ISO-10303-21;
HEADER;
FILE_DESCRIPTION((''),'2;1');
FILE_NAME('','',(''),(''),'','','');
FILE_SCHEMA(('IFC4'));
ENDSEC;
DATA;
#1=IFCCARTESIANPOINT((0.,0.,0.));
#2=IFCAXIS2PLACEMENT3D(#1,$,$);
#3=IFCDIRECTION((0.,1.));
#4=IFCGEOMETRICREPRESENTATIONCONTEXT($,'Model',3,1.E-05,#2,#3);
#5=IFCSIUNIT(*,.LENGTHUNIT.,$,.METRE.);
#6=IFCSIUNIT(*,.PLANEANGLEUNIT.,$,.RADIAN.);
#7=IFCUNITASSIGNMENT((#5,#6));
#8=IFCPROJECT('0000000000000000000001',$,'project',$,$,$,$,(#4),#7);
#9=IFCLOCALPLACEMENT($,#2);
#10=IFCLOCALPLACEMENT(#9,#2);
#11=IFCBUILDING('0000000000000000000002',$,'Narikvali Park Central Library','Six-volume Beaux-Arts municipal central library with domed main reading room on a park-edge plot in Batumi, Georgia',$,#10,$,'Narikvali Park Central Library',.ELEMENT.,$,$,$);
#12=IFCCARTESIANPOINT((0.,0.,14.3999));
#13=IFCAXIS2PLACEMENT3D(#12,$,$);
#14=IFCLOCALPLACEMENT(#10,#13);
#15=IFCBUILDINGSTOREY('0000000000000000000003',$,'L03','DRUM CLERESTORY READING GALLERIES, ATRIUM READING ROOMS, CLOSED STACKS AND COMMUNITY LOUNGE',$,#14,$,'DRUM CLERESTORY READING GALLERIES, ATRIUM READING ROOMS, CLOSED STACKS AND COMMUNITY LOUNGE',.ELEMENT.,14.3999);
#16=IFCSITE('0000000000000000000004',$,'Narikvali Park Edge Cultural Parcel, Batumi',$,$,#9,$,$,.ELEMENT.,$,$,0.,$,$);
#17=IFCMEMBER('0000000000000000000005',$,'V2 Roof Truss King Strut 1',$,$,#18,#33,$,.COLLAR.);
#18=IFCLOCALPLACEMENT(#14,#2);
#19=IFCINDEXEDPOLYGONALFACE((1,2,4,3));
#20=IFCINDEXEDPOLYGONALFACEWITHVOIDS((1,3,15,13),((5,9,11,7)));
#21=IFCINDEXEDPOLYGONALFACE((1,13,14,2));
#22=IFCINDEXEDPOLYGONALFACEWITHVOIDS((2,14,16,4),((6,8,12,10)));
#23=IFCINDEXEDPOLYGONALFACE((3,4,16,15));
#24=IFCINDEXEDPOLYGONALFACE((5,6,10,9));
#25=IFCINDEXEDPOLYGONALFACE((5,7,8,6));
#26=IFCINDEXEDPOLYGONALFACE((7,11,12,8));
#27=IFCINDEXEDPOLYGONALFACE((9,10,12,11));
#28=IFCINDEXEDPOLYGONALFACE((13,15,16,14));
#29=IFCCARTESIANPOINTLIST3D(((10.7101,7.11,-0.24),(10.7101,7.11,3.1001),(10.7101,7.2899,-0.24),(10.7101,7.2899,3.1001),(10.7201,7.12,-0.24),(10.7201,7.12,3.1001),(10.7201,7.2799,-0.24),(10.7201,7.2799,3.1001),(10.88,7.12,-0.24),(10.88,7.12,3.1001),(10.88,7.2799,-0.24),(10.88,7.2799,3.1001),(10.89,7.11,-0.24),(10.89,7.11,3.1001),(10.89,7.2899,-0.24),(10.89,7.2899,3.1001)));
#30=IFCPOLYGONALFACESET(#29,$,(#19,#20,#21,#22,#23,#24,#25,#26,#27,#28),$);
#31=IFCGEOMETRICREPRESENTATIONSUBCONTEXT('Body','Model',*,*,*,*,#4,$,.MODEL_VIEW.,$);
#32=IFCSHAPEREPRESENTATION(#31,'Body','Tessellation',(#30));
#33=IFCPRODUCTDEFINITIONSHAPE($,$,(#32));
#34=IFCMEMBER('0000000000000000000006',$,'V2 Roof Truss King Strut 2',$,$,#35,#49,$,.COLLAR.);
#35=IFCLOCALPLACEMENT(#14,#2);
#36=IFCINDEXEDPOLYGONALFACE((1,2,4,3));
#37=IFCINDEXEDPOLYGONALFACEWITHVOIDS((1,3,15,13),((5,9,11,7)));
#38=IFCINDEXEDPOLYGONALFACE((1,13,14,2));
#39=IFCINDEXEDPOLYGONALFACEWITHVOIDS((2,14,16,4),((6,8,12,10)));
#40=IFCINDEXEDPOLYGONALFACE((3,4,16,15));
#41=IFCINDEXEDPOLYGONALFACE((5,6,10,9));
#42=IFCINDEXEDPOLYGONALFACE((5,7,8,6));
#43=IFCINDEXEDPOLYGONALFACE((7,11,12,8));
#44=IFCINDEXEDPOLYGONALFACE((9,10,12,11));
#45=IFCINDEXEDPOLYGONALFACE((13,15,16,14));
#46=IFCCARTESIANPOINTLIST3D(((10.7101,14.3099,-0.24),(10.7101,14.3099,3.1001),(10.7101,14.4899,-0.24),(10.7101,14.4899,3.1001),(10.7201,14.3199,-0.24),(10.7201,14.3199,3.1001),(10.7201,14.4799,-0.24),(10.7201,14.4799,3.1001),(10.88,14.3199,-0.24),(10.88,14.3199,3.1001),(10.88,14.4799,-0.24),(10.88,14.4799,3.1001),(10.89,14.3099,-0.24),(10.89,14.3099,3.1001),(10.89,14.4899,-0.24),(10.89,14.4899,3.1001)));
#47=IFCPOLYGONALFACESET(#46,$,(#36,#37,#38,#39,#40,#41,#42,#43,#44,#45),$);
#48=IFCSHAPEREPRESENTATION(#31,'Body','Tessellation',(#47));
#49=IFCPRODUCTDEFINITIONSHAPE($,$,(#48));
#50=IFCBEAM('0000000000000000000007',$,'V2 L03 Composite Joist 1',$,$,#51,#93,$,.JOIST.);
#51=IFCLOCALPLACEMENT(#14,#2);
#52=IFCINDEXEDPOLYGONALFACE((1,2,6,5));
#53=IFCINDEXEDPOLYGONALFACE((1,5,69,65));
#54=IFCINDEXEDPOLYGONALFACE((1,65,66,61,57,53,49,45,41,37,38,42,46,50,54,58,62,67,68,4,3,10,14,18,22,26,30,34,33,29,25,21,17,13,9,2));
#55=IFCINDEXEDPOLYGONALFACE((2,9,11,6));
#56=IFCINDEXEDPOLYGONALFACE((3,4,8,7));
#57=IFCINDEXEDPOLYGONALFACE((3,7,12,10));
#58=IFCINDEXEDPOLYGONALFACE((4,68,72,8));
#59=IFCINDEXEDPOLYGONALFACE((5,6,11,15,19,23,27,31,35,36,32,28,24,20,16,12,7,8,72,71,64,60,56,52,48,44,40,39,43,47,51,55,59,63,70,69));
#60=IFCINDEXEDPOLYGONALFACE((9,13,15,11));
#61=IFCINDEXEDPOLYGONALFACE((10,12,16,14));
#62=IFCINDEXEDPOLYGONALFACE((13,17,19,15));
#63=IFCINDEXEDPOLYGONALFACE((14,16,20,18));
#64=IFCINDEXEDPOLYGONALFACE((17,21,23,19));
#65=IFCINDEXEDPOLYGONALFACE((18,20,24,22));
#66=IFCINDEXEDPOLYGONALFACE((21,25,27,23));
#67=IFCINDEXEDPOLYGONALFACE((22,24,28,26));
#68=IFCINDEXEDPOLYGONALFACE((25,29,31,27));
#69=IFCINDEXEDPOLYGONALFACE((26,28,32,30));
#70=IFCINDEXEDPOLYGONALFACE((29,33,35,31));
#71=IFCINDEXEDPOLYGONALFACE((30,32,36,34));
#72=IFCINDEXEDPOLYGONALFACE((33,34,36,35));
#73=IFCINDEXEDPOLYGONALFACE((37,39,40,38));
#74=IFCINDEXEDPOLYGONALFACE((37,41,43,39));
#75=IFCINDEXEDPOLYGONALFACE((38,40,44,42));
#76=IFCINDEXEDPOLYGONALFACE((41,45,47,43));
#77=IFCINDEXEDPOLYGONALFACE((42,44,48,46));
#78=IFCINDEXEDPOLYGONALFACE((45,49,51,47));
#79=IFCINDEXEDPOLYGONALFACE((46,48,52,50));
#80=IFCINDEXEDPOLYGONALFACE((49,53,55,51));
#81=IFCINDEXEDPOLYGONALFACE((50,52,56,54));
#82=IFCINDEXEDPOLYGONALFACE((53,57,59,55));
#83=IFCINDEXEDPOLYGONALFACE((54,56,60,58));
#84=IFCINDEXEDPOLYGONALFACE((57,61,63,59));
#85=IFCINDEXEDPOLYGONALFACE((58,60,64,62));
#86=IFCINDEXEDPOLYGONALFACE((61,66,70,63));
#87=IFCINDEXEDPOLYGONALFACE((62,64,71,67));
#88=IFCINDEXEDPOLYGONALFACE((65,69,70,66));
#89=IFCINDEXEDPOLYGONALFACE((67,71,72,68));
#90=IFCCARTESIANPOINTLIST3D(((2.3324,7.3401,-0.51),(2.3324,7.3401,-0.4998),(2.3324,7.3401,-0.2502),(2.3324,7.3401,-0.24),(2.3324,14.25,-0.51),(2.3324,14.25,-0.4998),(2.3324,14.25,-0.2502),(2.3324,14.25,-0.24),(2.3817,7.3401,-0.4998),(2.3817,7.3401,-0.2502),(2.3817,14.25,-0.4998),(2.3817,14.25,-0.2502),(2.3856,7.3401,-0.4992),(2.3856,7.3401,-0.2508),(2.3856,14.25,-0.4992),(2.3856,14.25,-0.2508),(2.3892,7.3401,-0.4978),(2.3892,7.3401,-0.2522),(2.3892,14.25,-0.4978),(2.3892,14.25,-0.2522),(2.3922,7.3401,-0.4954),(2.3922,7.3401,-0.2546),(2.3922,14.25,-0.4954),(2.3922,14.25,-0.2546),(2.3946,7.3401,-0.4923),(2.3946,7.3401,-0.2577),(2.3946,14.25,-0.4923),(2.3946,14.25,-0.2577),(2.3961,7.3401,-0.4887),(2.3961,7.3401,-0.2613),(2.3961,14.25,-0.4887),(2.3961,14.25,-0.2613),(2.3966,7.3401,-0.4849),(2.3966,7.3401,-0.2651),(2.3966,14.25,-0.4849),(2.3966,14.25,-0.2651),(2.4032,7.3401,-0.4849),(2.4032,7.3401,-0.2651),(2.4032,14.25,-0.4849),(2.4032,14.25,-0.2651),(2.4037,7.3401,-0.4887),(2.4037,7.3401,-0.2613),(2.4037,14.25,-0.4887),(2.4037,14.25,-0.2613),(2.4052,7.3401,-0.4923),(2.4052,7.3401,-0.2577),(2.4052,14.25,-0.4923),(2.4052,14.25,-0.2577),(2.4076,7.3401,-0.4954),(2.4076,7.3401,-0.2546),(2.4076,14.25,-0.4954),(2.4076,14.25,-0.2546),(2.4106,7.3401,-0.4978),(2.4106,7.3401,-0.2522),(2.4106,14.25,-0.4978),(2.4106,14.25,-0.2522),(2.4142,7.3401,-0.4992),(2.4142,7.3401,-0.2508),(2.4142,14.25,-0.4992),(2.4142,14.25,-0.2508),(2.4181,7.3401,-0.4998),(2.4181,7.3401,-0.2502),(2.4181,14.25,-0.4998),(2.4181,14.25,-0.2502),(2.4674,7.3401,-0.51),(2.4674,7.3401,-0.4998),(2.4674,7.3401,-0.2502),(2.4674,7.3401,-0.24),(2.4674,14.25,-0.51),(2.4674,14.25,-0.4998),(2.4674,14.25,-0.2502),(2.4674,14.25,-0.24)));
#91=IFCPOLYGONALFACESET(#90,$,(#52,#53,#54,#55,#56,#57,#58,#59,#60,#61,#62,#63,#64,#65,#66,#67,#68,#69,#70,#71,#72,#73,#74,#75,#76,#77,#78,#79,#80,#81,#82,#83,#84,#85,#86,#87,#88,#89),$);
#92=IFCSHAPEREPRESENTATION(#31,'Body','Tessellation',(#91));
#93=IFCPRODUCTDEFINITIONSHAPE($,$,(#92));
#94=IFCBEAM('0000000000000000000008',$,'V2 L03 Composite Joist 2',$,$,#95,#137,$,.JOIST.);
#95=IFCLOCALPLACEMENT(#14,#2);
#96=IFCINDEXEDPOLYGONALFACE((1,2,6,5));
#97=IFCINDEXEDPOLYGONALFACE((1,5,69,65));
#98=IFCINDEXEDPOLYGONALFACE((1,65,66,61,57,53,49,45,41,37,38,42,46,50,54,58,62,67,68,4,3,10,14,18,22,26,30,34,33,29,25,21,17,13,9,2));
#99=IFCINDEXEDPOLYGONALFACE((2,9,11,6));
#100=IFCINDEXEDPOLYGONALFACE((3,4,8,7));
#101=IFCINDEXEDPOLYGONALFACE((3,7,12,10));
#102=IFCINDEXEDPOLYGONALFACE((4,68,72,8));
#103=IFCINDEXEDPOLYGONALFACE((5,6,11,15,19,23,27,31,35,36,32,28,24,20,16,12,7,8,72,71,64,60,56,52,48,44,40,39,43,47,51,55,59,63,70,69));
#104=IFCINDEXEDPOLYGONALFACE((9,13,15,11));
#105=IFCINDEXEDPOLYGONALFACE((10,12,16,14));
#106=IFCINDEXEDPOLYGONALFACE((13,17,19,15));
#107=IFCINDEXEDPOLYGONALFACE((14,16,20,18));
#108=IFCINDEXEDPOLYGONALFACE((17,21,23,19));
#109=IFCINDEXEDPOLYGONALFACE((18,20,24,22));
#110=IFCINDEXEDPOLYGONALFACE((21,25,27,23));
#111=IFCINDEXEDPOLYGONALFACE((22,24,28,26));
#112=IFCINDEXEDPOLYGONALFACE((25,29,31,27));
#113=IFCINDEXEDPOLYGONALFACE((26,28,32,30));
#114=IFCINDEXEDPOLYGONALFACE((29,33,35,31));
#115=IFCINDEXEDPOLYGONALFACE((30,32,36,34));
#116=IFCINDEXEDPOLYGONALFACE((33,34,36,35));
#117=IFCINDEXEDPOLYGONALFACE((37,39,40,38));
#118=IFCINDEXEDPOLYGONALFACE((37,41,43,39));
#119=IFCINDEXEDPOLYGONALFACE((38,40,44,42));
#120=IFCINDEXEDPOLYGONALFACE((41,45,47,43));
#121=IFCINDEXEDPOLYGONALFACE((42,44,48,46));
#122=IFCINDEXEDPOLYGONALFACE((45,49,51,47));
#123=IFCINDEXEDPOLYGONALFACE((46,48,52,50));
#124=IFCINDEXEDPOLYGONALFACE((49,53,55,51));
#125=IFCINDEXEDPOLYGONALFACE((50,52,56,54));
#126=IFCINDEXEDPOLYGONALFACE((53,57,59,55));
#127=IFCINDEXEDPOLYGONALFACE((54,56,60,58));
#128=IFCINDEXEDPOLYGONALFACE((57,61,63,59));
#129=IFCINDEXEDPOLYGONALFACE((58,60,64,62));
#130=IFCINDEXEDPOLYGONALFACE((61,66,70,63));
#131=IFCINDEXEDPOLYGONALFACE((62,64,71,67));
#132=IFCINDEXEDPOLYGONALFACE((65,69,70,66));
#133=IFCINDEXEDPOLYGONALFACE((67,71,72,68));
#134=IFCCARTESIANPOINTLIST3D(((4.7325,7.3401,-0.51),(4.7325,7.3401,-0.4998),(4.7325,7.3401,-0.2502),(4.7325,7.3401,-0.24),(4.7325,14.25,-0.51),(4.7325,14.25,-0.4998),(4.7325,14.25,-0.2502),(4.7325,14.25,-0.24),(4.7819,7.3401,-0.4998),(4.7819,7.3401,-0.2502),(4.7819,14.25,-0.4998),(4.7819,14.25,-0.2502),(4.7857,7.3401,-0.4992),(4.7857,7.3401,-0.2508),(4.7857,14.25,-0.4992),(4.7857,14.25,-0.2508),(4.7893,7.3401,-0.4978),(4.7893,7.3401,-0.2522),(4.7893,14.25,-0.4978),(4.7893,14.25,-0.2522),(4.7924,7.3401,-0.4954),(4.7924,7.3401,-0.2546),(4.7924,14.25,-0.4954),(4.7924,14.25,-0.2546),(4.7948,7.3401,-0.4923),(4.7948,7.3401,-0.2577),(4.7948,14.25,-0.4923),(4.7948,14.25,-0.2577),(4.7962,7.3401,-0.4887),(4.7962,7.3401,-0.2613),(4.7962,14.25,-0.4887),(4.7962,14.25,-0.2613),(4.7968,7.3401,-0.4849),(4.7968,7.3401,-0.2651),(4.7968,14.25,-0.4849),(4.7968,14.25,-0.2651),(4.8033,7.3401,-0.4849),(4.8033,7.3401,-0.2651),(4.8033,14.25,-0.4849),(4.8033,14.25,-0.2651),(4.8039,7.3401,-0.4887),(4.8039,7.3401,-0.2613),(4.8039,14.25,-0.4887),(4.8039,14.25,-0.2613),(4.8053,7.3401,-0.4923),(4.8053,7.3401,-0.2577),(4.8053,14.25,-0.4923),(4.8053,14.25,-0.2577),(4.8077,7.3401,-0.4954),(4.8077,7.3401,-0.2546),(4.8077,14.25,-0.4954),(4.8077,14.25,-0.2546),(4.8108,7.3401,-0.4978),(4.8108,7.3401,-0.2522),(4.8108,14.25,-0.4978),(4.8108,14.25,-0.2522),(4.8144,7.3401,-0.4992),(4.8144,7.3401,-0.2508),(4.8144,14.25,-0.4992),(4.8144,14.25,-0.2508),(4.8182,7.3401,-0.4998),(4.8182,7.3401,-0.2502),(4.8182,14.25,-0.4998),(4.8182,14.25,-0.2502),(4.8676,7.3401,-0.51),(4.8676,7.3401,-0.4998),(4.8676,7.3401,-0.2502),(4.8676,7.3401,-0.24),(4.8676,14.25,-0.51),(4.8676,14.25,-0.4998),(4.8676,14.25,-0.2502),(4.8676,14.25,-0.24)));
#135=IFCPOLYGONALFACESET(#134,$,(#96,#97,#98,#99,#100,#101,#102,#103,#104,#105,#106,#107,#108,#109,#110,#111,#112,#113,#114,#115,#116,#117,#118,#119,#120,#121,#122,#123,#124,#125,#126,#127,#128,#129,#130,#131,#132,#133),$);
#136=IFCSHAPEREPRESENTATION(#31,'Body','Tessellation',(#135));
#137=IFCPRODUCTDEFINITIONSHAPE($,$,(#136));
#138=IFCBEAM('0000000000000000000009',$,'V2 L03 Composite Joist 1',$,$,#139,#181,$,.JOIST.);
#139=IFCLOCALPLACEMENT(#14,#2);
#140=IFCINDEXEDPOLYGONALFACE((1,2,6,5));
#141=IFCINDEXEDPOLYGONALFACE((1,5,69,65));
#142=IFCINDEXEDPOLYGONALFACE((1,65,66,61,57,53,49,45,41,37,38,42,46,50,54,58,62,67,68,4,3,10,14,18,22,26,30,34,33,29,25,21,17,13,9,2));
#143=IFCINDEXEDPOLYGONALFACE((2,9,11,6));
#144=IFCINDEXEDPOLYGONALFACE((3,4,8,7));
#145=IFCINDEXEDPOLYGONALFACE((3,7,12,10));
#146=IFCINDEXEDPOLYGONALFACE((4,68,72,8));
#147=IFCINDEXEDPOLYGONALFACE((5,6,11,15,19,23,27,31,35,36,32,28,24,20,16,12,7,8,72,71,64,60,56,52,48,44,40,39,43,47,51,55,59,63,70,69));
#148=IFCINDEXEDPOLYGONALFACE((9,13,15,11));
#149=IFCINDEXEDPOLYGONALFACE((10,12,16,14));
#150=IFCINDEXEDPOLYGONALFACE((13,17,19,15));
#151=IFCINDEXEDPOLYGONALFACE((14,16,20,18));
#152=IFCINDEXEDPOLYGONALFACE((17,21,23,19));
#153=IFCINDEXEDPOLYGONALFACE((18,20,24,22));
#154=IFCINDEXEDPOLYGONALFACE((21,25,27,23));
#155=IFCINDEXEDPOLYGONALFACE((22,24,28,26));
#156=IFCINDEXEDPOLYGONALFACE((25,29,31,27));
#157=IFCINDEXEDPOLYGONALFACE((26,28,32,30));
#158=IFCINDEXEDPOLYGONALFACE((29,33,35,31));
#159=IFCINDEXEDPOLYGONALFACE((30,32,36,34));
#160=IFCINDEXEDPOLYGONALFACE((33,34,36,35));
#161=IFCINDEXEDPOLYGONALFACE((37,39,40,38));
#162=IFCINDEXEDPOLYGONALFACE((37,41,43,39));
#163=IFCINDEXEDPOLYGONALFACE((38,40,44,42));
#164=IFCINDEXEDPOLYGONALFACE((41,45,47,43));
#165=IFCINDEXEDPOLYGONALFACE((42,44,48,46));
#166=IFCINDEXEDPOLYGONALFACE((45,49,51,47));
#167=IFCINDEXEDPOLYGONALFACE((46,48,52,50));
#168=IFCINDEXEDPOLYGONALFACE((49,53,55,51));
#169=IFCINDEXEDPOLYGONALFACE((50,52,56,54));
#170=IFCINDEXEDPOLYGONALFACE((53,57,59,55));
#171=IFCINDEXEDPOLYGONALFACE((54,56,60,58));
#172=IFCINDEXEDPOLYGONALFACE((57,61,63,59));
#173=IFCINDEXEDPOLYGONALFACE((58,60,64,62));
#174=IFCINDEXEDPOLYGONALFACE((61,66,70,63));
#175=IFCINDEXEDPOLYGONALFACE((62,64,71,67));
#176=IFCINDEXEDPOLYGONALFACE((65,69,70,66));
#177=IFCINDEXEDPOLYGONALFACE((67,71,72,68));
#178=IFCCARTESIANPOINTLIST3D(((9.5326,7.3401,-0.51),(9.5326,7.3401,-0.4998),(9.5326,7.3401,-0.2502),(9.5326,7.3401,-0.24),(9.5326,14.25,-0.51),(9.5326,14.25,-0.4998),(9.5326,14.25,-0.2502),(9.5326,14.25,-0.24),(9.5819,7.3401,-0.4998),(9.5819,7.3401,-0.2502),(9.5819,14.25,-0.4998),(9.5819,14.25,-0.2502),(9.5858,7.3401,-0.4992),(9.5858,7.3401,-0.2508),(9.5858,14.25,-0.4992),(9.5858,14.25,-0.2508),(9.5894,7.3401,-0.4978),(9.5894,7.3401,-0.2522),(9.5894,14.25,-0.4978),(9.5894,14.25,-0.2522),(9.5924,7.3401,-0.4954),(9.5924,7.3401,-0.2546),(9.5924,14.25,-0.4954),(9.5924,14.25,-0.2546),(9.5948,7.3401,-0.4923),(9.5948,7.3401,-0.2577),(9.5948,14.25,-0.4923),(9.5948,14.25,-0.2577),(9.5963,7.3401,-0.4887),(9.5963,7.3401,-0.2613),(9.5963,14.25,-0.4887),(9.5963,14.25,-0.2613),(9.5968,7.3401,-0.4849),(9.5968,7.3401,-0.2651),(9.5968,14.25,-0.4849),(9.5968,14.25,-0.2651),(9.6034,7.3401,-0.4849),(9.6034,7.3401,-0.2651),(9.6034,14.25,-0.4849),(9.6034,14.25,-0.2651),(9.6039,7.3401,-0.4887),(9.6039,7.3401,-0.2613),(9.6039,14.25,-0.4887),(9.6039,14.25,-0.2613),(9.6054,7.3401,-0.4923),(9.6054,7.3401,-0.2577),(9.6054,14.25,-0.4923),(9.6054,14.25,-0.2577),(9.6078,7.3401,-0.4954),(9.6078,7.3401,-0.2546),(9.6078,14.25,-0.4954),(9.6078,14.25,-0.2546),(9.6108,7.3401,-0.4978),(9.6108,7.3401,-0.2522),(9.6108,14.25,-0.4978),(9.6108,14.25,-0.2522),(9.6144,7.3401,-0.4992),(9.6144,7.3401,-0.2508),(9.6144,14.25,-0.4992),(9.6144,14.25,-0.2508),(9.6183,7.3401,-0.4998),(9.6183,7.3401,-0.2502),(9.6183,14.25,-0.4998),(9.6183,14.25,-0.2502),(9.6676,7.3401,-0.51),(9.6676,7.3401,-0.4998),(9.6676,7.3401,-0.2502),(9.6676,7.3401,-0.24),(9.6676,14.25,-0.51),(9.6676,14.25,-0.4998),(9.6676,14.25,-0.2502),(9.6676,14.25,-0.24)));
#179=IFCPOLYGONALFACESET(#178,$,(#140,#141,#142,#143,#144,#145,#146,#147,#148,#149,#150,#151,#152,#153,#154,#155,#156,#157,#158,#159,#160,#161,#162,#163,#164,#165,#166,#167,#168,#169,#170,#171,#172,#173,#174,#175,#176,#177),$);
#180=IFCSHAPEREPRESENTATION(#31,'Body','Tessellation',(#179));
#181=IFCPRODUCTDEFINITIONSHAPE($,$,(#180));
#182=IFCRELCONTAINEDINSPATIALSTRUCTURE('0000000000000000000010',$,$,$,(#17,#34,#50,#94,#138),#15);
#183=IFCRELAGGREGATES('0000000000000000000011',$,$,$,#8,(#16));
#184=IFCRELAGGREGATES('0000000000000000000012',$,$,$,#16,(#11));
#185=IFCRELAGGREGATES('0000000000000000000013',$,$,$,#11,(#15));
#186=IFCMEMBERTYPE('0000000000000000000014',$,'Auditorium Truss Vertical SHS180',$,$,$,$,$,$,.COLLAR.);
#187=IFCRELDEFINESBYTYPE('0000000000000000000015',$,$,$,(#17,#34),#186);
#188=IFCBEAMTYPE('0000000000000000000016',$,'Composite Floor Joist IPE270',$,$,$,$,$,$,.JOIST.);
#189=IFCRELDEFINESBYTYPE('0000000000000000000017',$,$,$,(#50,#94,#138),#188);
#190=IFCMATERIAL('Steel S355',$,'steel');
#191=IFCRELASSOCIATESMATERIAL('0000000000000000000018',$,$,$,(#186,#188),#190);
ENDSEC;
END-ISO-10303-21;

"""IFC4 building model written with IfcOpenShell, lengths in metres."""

from ifc_helpers import new_model, si_unit, direction, frame, origin, origin_2d, place, context, subcontext, project, spatial, hollow_rectangle, i_section, extrude, material, material_profile, profile_set, type_object, element, save


model = new_model("IFC4")

# Units and contexts
model_context = context("Model", 3, precision=1e-05, world=origin(), true_north=direction((0.0, 1.0)))
body_context = subcontext(model_context, "Body", "Model", "MODEL_VIEW")
ifc_project = project(units=[si_unit("LENGTHUNIT", "METRE"), si_unit("PLANEANGLEUNIT", "RADIAN")], contexts=[model_context])

# Site, building, storey
site_placement = place(None, origin())
site = spatial("IfcSite", under=ifc_project, at=site_placement, Name="Narikvali Park Edge Cultural Parcel, Batumi", CompositionType="ELEMENT", RefElevation=0.0)
building_placement = place(site_placement, origin())
building = spatial("IfcBuilding", under=site, at=building_placement, Name="Narikvali Park Central Library", Description="Six-volume Beaux-Arts municipal central library with domed main reading room on a park-edge plot in Batumi, Georgia", LongName="Narikvali Park Central Library", CompositionType="ELEMENT")
storey_placement = place(building_placement, frame((0.0, 0.0, 14.3999)))
storey = spatial("IfcBuildingStorey", under=building, at=storey_placement, Name="L03", Description="DRUM CLERESTORY READING GALLERIES, ATRIUM READING ROOMS, CLOSED STACKS AND COMMUNITY LOUNGE", LongName="DRUM CLERESTORY READING GALLERIES, ATRIUM READING ROOMS, CLOSED STACKS AND COMMUNITY LOUNGE", CompositionType="ELEMENT", Elevation=14.3999)

# Members
ifc_material_1 = material(Name="Steel S355", Category="steel")
ifc_material_profile_1 = material_profile(ifc_material_1, hollow_rectangle(XDim=0.1799, YDim=0.1799, WallThickness=0.01, at=origin_2d()), Name="SHS 180x180x10")
ifc_profile_set_1 = profile_set([ifc_material_profile_1], Name="Steel S355")
member_type_1 = type_object("IfcMemberType", Name="Auditorium Truss Vertical SHS180", PredefinedType="COLLAR", material=ifc_profile_set_1)
for number, where, z_axis, x_axis, name in (
    (1, (10.8, 7.2, -0.24), (0.0, 0.0, 1.0), (1.0, 0.0, 0.0), "V2 Roof Truss King Strut 1"),
    (2, (10.8, 14.3999, -0.24), (0.0, 0.0, 1.0), (1.0, 0.0, 0.0), "V2 Roof Truss King Strut 2"),
):
    element("IfcMember", number, at=place(storey_placement, frame(where, z_axis=z_axis, x_axis=x_axis)), inside=storey, type_object=member_type_1, Name=name, PredefinedType="COLLAR", context=body_context, shape_type="SweptSolid", body=[
        extrude(hollow_rectangle(XDim=0.1799, YDim=0.1799, WallThickness=0.01, at=origin_2d()), origin(), (0.0, 0.0, 1.0), 3.3401),
    ])

# Beams
ifc_material_profile_2 = material_profile(ifc_material_1, i_section(OverallWidth=0.135, OverallDepth=0.27, WebThickness=0.0066, FlangeThickness=0.0103, FilletRadius=0.0149, at=origin_2d()), Name="IPE 270")
ifc_profile_set_2 = profile_set([ifc_material_profile_2], Name="Steel S355")
beam_type_1 = type_object("IfcBeamType", Name="Composite Floor Joist IPE270", PredefinedType="JOIST", material=ifc_profile_set_2)
for number, where, z_axis, x_axis, name in (
    (3, (2.3999, 7.3401, -0.375), (0.0, 1.0, 0.0), (-1.0, 0.0, 0.0), "V2 L03 Composite Joist 1"),
    (4, (4.8, 7.3401, -0.375), (0.0, 1.0, 0.0), (-1.0, 0.0, 0.0), "V2 L03 Composite Joist 2"),
    (5, (9.6001, 7.3401, -0.375), (0.0, 1.0, 0.0), (-1.0, 0.0, 0.0), "V2 L03 Composite Joist 1"),
):
    element("IfcBeam", number, at=place(storey_placement, frame(where, z_axis=z_axis, x_axis=x_axis)), inside=storey, type_object=beam_type_1, Name=name, PredefinedType="JOIST", context=body_context, shape_type="SweptSolid", body=[
        extrude(i_section(OverallWidth=0.135, OverallDepth=0.27, WebThickness=0.0066, FlangeThickness=0.0103, FilletRadius=0.0149, at=origin_2d()), origin(), (0.0, 0.0, 1.0), 6.9099),
    ])

save(model, "model.ifc")
